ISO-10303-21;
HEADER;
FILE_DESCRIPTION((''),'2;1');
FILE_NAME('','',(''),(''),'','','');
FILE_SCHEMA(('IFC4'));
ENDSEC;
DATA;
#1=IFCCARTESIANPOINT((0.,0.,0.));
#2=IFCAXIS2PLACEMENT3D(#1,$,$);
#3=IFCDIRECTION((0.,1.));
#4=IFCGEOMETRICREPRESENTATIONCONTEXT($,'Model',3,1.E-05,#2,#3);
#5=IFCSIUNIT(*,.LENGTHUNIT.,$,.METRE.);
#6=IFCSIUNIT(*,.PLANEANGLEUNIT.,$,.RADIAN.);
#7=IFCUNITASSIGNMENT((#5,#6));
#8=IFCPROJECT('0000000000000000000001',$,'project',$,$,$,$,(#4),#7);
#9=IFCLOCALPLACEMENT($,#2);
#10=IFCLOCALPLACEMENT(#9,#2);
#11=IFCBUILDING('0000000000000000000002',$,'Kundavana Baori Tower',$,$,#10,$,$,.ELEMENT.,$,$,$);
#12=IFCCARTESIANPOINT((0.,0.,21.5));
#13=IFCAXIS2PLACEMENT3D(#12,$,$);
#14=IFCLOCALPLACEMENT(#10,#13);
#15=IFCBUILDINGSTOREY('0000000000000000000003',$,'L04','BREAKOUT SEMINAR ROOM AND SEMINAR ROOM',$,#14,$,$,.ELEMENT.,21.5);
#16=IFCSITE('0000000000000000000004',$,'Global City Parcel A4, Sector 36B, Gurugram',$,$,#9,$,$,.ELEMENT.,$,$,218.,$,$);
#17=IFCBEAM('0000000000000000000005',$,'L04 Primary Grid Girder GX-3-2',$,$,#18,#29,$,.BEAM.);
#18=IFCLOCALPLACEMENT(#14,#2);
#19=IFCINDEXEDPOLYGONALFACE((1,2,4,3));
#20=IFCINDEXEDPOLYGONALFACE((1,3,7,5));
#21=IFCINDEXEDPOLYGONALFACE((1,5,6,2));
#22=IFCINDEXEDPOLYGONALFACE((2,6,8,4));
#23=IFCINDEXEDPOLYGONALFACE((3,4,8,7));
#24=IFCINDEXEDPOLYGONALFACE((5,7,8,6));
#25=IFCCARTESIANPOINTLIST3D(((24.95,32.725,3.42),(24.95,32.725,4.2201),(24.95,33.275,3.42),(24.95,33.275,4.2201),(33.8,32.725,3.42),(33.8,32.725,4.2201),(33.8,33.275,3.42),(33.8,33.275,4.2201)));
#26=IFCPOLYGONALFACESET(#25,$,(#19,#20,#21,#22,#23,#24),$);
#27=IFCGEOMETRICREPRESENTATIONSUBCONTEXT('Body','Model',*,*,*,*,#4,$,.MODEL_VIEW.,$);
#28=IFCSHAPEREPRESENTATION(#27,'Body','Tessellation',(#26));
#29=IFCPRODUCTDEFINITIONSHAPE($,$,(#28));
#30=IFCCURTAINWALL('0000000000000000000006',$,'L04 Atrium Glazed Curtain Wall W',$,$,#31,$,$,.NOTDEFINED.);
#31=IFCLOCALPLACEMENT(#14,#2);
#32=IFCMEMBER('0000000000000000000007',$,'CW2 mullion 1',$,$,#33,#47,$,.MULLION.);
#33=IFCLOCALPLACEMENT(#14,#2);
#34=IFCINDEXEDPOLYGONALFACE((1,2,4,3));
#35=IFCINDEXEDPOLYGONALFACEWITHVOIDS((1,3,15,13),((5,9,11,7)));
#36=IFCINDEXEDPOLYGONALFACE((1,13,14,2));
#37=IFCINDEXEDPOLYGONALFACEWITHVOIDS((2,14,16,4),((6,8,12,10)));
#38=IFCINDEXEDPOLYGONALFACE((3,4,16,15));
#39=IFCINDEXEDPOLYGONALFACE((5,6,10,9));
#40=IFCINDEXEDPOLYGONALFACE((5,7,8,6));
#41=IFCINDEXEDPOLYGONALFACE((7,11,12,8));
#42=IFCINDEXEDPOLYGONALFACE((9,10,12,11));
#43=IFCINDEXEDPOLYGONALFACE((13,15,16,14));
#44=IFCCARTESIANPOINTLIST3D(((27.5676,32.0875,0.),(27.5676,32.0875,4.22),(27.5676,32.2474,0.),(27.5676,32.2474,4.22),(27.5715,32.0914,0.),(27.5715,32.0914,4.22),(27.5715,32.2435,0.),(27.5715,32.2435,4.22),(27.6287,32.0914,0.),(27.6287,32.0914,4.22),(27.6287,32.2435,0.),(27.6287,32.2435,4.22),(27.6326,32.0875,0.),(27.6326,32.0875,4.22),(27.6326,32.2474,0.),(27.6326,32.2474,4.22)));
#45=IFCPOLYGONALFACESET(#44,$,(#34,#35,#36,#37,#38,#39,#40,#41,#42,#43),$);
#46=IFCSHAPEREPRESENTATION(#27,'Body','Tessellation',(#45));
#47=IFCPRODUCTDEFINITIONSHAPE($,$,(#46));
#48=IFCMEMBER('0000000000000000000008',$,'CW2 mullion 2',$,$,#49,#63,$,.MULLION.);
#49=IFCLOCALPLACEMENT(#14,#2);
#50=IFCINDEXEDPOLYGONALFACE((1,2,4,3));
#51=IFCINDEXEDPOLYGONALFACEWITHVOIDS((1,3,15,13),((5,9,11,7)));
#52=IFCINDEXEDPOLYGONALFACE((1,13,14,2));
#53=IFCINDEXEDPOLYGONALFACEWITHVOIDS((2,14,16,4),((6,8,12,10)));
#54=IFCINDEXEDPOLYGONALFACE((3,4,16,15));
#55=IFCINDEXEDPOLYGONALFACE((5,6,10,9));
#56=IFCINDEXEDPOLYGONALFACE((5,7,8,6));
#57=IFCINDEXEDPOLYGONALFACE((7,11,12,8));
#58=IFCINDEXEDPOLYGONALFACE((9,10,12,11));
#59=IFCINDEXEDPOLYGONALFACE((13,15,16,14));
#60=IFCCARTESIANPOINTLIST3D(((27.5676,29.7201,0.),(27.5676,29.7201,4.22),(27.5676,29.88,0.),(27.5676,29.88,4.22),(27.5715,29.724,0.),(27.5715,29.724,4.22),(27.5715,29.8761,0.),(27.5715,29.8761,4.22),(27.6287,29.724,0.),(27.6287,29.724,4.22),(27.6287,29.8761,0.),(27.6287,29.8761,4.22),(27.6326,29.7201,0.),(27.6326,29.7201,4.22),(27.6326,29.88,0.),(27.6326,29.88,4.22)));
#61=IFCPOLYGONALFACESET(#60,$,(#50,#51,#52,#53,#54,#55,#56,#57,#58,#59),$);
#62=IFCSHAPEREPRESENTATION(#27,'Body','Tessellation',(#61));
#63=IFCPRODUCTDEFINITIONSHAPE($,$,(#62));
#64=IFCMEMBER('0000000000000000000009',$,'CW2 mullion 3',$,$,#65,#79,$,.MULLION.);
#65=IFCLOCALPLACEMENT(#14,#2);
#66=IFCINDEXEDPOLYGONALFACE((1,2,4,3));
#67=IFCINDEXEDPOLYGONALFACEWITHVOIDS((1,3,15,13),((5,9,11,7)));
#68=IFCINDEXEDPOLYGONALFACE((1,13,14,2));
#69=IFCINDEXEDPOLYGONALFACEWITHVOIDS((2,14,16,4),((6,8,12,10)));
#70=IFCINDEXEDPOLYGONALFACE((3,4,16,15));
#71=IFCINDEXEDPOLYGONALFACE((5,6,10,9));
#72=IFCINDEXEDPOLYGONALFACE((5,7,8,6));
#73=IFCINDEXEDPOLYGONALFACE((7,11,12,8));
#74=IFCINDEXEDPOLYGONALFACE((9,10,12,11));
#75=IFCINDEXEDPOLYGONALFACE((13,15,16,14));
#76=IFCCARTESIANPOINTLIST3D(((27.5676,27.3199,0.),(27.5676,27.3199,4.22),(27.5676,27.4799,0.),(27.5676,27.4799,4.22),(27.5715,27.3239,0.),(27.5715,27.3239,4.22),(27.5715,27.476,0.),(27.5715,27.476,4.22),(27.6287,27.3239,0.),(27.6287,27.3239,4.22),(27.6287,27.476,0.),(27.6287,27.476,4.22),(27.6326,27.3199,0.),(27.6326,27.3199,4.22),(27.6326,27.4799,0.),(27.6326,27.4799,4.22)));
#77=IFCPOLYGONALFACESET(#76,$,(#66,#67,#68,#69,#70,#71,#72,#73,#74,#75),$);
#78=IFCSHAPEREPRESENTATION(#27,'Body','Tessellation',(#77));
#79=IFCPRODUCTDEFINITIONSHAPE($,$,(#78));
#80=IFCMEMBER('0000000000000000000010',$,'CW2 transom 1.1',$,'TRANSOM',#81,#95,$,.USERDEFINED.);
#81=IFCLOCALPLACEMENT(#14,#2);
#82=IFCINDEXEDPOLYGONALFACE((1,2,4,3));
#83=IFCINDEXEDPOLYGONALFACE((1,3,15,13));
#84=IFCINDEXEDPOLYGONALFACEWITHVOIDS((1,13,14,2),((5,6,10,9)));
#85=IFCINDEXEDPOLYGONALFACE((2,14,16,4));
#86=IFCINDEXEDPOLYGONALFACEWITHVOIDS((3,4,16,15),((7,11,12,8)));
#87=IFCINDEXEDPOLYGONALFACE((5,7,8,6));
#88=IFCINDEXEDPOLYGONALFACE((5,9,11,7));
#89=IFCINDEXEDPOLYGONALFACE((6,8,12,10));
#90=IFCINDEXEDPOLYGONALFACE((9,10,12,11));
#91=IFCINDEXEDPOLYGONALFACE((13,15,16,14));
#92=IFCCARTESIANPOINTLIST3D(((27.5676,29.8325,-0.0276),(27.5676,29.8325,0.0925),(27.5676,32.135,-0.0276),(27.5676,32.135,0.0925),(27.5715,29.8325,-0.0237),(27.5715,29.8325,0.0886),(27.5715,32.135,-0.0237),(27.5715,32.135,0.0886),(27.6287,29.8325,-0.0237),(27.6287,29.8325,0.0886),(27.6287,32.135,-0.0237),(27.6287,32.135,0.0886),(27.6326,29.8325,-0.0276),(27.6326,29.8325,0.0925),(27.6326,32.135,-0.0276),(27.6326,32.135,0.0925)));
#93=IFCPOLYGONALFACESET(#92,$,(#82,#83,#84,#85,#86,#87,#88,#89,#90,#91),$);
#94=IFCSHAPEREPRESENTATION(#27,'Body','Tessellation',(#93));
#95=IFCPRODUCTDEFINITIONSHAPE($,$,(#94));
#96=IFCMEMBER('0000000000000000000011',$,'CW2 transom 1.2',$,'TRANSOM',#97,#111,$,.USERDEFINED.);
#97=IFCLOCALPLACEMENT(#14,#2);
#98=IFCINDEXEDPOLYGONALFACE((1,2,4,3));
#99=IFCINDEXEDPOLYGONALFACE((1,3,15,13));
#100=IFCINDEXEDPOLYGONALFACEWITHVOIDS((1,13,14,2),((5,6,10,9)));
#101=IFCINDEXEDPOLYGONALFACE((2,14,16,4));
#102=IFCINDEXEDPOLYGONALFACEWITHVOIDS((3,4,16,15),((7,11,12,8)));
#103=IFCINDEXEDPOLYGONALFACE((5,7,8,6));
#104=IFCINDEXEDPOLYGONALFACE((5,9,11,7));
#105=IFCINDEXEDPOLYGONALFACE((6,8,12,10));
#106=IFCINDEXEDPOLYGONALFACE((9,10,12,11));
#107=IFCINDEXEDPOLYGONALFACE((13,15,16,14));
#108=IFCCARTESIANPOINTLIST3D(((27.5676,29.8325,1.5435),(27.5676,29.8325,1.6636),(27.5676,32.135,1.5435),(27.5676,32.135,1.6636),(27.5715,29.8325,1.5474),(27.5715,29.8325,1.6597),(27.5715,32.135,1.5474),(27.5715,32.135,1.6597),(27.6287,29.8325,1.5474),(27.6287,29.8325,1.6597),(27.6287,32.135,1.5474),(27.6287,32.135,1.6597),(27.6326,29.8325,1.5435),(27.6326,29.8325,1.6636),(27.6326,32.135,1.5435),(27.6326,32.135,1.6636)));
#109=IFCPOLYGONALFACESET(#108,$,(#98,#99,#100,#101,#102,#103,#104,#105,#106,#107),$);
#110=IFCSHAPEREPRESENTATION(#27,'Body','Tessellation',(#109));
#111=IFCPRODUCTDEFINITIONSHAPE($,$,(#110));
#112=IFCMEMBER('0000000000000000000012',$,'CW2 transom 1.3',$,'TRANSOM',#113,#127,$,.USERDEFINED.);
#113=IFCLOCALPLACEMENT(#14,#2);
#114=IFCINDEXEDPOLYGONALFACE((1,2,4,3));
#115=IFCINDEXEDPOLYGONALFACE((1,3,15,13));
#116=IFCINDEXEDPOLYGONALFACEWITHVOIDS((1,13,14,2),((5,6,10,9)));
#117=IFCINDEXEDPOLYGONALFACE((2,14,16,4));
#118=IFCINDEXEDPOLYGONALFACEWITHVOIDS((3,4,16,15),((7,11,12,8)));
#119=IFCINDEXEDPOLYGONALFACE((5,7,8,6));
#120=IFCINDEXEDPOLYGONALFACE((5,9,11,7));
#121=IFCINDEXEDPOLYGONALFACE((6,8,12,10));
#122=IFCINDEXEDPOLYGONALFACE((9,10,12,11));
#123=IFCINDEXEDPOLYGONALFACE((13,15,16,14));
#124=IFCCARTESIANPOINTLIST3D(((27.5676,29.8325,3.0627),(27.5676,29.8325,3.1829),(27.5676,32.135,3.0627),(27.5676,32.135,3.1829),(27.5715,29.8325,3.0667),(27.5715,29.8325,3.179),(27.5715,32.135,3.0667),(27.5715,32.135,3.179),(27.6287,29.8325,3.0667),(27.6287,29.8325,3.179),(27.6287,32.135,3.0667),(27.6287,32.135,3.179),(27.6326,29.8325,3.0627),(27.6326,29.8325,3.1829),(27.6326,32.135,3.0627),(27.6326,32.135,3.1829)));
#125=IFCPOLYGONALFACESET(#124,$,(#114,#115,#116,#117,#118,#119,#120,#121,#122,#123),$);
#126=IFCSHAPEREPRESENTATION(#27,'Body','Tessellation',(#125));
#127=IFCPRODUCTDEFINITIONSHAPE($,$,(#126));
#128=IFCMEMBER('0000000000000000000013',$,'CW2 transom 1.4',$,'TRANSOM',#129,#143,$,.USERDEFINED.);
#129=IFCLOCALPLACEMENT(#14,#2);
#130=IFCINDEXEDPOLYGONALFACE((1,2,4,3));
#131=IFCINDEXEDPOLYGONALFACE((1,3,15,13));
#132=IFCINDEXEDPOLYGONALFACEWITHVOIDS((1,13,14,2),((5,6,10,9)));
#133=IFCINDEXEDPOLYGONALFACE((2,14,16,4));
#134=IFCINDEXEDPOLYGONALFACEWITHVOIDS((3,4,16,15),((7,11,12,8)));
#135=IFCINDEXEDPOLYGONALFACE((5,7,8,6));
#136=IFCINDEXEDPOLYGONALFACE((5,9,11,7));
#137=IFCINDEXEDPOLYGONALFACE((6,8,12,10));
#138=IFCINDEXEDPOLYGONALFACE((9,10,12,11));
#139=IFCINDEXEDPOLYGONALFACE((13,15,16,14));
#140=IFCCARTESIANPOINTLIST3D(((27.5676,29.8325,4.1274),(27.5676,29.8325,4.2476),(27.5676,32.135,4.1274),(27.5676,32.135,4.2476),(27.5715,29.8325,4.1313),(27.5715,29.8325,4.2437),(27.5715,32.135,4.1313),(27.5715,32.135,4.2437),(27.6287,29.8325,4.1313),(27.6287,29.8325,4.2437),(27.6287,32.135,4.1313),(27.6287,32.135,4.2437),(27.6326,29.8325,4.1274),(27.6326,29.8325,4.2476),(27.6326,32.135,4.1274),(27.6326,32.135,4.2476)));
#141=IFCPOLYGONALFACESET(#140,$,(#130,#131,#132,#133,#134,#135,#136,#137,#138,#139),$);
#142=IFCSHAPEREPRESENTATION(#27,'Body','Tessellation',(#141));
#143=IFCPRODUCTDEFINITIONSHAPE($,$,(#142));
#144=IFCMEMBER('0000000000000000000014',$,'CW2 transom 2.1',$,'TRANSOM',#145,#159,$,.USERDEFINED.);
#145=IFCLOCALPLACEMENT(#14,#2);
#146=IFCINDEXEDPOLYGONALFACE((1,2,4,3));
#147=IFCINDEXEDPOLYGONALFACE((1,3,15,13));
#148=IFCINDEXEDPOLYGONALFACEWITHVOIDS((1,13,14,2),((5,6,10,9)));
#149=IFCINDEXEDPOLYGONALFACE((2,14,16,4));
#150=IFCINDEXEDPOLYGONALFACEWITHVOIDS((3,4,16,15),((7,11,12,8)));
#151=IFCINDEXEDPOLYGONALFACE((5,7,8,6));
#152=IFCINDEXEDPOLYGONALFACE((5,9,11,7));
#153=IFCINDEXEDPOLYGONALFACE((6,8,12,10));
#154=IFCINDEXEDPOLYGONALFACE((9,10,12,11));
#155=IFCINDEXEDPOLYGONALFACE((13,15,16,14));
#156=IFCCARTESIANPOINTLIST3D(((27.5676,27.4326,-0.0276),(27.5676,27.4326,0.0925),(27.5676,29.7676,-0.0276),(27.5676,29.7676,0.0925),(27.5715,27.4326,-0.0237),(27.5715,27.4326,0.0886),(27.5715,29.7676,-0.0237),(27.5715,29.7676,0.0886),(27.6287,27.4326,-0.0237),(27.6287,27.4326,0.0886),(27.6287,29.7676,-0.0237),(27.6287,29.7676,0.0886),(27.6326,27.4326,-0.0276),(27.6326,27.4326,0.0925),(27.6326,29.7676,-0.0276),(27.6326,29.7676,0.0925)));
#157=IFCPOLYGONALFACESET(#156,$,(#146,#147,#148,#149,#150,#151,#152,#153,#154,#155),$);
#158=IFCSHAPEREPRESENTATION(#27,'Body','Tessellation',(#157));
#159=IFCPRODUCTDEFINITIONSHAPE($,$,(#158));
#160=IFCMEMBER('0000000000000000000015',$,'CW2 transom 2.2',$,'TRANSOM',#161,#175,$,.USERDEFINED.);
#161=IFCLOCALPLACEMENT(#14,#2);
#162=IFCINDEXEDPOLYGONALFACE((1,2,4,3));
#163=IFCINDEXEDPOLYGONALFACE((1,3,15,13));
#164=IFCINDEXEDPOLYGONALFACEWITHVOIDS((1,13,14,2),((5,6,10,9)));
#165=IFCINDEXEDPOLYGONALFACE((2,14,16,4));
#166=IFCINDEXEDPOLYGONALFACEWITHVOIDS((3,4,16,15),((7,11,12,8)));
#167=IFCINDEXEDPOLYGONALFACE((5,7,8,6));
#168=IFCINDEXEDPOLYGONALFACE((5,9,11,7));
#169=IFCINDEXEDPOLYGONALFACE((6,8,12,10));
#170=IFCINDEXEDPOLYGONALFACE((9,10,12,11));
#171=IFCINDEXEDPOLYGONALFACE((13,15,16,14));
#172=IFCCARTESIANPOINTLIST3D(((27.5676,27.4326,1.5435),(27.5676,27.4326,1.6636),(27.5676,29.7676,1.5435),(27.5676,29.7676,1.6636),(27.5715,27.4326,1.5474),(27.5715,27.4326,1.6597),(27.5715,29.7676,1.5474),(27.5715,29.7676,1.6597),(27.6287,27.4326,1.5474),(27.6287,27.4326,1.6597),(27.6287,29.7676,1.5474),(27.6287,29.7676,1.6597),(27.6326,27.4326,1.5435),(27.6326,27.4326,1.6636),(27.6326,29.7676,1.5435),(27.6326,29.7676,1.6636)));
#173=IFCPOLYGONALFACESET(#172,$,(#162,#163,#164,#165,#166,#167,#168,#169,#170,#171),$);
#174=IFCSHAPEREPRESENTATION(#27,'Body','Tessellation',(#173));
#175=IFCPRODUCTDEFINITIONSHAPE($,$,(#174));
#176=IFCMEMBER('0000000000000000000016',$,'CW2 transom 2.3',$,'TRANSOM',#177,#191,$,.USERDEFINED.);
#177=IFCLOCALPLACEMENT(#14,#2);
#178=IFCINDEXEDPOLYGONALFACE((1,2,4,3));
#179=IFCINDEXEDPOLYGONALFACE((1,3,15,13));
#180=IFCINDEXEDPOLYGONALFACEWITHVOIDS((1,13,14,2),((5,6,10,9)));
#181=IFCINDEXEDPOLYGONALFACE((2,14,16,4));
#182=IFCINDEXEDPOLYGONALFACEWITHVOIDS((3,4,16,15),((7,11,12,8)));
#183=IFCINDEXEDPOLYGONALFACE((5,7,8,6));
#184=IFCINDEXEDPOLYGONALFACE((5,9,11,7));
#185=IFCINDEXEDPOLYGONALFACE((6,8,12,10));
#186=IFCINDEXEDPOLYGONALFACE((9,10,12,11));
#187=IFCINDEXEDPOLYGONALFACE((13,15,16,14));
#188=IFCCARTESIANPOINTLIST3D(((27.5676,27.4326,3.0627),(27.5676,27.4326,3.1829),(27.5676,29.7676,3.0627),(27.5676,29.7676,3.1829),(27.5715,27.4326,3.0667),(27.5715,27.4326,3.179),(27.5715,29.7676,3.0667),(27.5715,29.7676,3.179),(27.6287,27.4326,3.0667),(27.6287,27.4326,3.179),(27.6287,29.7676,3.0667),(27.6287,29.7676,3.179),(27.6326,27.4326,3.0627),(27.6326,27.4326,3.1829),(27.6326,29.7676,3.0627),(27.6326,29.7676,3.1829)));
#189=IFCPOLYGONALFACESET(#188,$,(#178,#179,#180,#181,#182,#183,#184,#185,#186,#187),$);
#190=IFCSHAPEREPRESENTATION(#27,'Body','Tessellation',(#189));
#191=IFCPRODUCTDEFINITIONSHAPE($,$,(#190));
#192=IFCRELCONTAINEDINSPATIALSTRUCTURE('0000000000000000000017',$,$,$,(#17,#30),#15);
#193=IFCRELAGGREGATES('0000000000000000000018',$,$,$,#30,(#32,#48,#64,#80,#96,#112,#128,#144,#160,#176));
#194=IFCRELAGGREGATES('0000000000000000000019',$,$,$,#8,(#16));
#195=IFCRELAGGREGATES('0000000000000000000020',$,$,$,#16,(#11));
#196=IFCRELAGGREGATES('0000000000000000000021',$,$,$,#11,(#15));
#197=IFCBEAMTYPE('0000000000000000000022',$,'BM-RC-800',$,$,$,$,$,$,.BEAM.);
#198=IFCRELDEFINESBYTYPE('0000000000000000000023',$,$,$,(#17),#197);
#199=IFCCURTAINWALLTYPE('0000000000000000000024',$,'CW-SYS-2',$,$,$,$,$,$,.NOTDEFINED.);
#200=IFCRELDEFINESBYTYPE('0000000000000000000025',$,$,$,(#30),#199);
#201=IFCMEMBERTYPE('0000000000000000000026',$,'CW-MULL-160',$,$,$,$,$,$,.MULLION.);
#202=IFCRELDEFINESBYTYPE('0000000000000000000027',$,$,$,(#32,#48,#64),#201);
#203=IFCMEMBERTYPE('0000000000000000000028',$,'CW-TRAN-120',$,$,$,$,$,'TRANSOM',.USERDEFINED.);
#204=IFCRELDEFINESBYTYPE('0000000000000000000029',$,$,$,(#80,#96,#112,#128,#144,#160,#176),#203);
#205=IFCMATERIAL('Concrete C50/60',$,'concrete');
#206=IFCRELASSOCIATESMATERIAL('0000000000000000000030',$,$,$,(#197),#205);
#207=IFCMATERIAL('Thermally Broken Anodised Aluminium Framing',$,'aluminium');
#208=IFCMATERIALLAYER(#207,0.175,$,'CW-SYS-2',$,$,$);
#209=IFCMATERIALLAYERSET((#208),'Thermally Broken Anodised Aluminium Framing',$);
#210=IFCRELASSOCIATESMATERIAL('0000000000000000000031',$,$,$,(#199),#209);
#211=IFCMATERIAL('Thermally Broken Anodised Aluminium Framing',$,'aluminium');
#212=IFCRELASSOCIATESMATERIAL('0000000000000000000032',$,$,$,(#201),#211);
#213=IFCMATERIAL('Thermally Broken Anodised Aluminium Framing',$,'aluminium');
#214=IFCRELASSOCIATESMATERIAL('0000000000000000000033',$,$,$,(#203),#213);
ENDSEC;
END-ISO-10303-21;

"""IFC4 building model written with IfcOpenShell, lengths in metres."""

from ifc_helpers import new_model, si_unit, direction, frame, origin, origin_2d, place, context, subcontext, project, spatial, rectangle, hollow_rectangle, extrude, material, layer, layer_set, material_profile, profile_set, type_object, element, aggregate, save


model = new_model("IFC4")

# Units and contexts
model_context = context("Model", 3, precision=1e-05, world=origin(), true_north=direction((0.0, 1.0)))
body_context = subcontext(model_context, "Body", "Model", "MODEL_VIEW")
ifc_project = project(units=[si_unit("LENGTHUNIT", "METRE"), si_unit("PLANEANGLEUNIT", "RADIAN")], contexts=[model_context])

# Site, building, storey
site_placement = place(None, origin())
site = spatial("IfcSite", under=ifc_project, at=site_placement, Name="Global City Parcel A4, Sector 36B, Gurugram", CompositionType="ELEMENT", RefElevation=218.0)
building_placement = place(site_placement, origin())
building = spatial("IfcBuilding", under=site, at=building_placement, Name="Kundavana Baori Tower", CompositionType="ELEMENT")
storey_placement = place(building_placement, frame((0.0, 0.0, 21.5)))
storey = spatial("IfcBuildingStorey", under=building, at=storey_placement, Name="L04", Description="BREAKOUT SEMINAR ROOM AND SEMINAR ROOM", CompositionType="ELEMENT", Elevation=21.5)

# Beam
ifc_material_1 = material(Name="Concrete C50/60", Category="concrete")
ifc_material_profile_1 = material_profile(ifc_material_1, rectangle(XDim=0.55, YDim=0.8, at=origin_2d()), Name="RC BM 550x800")
ifc_profile_set_1 = profile_set([ifc_material_profile_1], Name="Concrete C50/60")
beam_type = type_object("IfcBeamType", Name="BM-RC-800", PredefinedType="BEAM", material=ifc_profile_set_1)
beam_placement = place(storey_placement, frame((24.95, 33.0, 3.8201), z_axis=(1.0, 0.0, 0.0), x_axis=(0.0, 1.0, 0.0)))
element("IfcBeam", 1, at=beam_placement, inside=storey, type_object=beam_type, Name="L04 Primary Grid Girder GX-3-2", PredefinedType="BEAM", context=body_context, shape_type="SweptSolid", body=[
    extrude(rectangle(XDim=0.55, YDim=0.8, at=origin_2d()), origin(), (0.0, 0.0, 1.0), 8.8501),
])

# Curtain wall, members
ifc_material_2 = material(Name="Thermally Broken Anodised Aluminium Framing", Category="aluminium")
ifc_layer_1 = layer(ifc_material_2, 0.175, Name="CW-SYS-2")
ifc_layer_set_1 = layer_set([ifc_layer_1], Name="Thermally Broken Anodised Aluminium Framing")
curtain_wall_type = type_object("IfcCurtainWallType", Name="CW-SYS-2", PredefinedType="NOTDEFINED", material=ifc_layer_set_1)
curtain_wall_placement = place(storey_placement, origin())
curtain_wall = element("IfcCurtainWall", 2, at=curtain_wall_placement, inside=storey, type_object=curtain_wall_type, Name="L04 Atrium Glazed Curtain Wall W", PredefinedType="NOTDEFINED")
ifc_material_3 = material(Name="Thermally Broken Anodised Aluminium Framing", Category="aluminium")
ifc_material_profile_2 = material_profile(ifc_material_3, hollow_rectangle(XDim=0.0649, YDim=0.1599, WallThickness=0.0039, at=origin_2d()), Name="CW-MULL-160")
ifc_profile_set_2 = profile_set([ifc_material_profile_2], Name="Thermally Broken Anodised Aluminium Framing")
member_type_1 = type_object("IfcMemberType", Name="CW-MULL-160", PredefinedType="MULLION", material=ifc_profile_set_2)
member_1_placement = place(storey_placement, frame((27.6001, 32.1675, 0.0), z_axis=(0.0, 0.0, 1.0), x_axis=(1.0, 0.0, 0.0)))
member_1 = element("IfcMember", 3, at=member_1_placement, type_object=member_type_1, Name="CW2 mullion 1", PredefinedType="MULLION", context=body_context, shape_type="SweptSolid", body=[
    extrude(hollow_rectangle(XDim=0.0649, YDim=0.1599, WallThickness=0.0039, at=origin_2d()), origin(), (0.0, 0.0, 1.0), 4.22),
])
member_2_placement = place(storey_placement, frame((27.6001, 29.8, 0.0), z_axis=(0.0, 0.0, 1.0), x_axis=(1.0, 0.0, 0.0)))
member_2 = element("IfcMember", 4, at=member_2_placement, type_object=member_type_1, Name="CW2 mullion 2", PredefinedType="MULLION", context=body_context, shape_type="SweptSolid", body=[
    extrude(hollow_rectangle(XDim=0.0649, YDim=0.1599, WallThickness=0.0039, at=origin_2d()), origin(), (0.0, 0.0, 1.0), 4.22),
])
member_3_placement = place(storey_placement, frame((27.6001, 27.3999, 0.0), z_axis=(0.0, 0.0, 1.0), x_axis=(1.0, 0.0, 0.0)))
member_3 = element("IfcMember", 5, at=member_3_placement, type_object=member_type_1, Name="CW2 mullion 3", PredefinedType="MULLION", context=body_context, shape_type="SweptSolid", body=[
    extrude(hollow_rectangle(XDim=0.0649, YDim=0.1599, WallThickness=0.0039, at=origin_2d()), origin(), (0.0, 0.0, 1.0), 4.22),
])
ifc_material_4 = material(Name="Thermally Broken Anodised Aluminium Framing", Category="aluminium")
ifc_material_profile_3 = material_profile(ifc_material_4, hollow_rectangle(XDim=0.0649, YDim=0.1201, WallThickness=0.0039, at=origin_2d()), Name="CW-TRAN-120")
ifc_profile_set_3 = profile_set([ifc_material_profile_3], Name="Thermally Broken Anodised Aluminium Framing")
member_type_2 = type_object("IfcMemberType", Name="CW-TRAN-120", ElementType="TRANSOM", PredefinedType="USERDEFINED", material=ifc_profile_set_3)
member_4_placement = place(storey_placement, frame((27.6001, 32.135, 0.0325), z_axis=(0.0, -1.0, 0.0), x_axis=(1.0, 0.0, 0.0)))
member_4 = element("IfcMember", 6, at=member_4_placement, type_object=member_type_2, Name="CW2 transom 1.1", ObjectType="TRANSOM", PredefinedType="USERDEFINED", context=body_context, shape_type="SweptSolid", body=[
    extrude(hollow_rectangle(XDim=0.0649, YDim=0.1201, WallThickness=0.0039, at=origin_2d()), origin(), (0.0, 0.0, 1.0), 2.3025),
])
member_5_placement = place(storey_placement, frame((27.6001, 32.135, 1.6035), z_axis=(0.0, -1.0, 0.0), x_axis=(1.0, 0.0, 0.0)))
member_5 = element("IfcMember", 7, at=member_5_placement, type_object=member_type_2, Name="CW2 transom 1.2", ObjectType="TRANSOM", PredefinedType="USERDEFINED", context=body_context, shape_type="SweptSolid", body=[
    extrude(hollow_rectangle(XDim=0.0649, YDim=0.1201, WallThickness=0.0039, at=origin_2d()), origin(), (0.0, 0.0, 1.0), 2.3025),
])
member_6_placement = place(storey_placement, frame((27.6001, 32.135, 3.1228), z_axis=(0.0, -1.0, 0.0), x_axis=(1.0, 0.0, 0.0)))
member_6 = element("IfcMember", 8, at=member_6_placement, type_object=member_type_2, Name="CW2 transom 1.3", ObjectType="TRANSOM", PredefinedType="USERDEFINED", context=body_context, shape_type="SweptSolid", body=[
    extrude(hollow_rectangle(XDim=0.0649, YDim=0.1201, WallThickness=0.0039, at=origin_2d()), origin(), (0.0, 0.0, 1.0), 2.3025),
])
member_7_placement = place(storey_placement, frame((27.6001, 32.135, 4.1875), z_axis=(0.0, -1.0, 0.0), x_axis=(1.0, 0.0, 0.0)))
member_7 = element("IfcMember", 9, at=member_7_placement, type_object=member_type_2, Name="CW2 transom 1.4", ObjectType="TRANSOM", PredefinedType="USERDEFINED", context=body_context, shape_type="SweptSolid", body=[
    extrude(hollow_rectangle(XDim=0.0649, YDim=0.1201, WallThickness=0.0039, at=origin_2d()), origin(), (0.0, 0.0, 1.0), 2.3025),
])
member_8_placement = place(storey_placement, frame((27.6001, 29.7676, 0.0325), z_axis=(0.0, -1.0, 0.0), x_axis=(1.0, 0.0, 0.0)))
member_8 = element("IfcMember", 10, at=member_8_placement, type_object=member_type_2, Name="CW2 transom 2.1", ObjectType="TRANSOM", PredefinedType="USERDEFINED", context=body_context, shape_type="SweptSolid", body=[
    extrude(hollow_rectangle(XDim=0.0649, YDim=0.1201, WallThickness=0.0039, at=origin_2d()), origin(), (0.0, 0.0, 1.0), 2.335),
])
member_9_placement = place(storey_placement, frame((27.6001, 29.7676, 1.6035), z_axis=(0.0, -1.0, 0.0), x_axis=(1.0, 0.0, 0.0)))
member_9 = element("IfcMember", 11, at=member_9_placement, type_object=member_type_2, Name="CW2 transom 2.2", ObjectType="TRANSOM", PredefinedType="USERDEFINED", context=body_context, shape_type="SweptSolid", body=[
    extrude(hollow_rectangle(XDim=0.0649, YDim=0.1201, WallThickness=0.0039, at=origin_2d()), origin(), (0.0, 0.0, 1.0), 2.335),
])
member_10_placement = place(storey_placement, frame((27.6001, 29.7676, 3.1228), z_axis=(0.0, -1.0, 0.0), x_axis=(1.0, 0.0, 0.0)))
member_10 = element("IfcMember", 12, at=member_10_placement, type_object=member_type_2, Name="CW2 transom 2.3", ObjectType="TRANSOM", PredefinedType="USERDEFINED", context=body_context, shape_type="SweptSolid", body=[
    extrude(hollow_rectangle(XDim=0.0649, YDim=0.1201, WallThickness=0.0039, at=origin_2d()), origin(), (0.0, 0.0, 1.0), 2.335),
])
aggregate(curtain_wall, [member_1, member_2, member_3, member_4, member_5, member_6, member_7, member_8, member_9, member_10])

save(model, "model.ifc")
